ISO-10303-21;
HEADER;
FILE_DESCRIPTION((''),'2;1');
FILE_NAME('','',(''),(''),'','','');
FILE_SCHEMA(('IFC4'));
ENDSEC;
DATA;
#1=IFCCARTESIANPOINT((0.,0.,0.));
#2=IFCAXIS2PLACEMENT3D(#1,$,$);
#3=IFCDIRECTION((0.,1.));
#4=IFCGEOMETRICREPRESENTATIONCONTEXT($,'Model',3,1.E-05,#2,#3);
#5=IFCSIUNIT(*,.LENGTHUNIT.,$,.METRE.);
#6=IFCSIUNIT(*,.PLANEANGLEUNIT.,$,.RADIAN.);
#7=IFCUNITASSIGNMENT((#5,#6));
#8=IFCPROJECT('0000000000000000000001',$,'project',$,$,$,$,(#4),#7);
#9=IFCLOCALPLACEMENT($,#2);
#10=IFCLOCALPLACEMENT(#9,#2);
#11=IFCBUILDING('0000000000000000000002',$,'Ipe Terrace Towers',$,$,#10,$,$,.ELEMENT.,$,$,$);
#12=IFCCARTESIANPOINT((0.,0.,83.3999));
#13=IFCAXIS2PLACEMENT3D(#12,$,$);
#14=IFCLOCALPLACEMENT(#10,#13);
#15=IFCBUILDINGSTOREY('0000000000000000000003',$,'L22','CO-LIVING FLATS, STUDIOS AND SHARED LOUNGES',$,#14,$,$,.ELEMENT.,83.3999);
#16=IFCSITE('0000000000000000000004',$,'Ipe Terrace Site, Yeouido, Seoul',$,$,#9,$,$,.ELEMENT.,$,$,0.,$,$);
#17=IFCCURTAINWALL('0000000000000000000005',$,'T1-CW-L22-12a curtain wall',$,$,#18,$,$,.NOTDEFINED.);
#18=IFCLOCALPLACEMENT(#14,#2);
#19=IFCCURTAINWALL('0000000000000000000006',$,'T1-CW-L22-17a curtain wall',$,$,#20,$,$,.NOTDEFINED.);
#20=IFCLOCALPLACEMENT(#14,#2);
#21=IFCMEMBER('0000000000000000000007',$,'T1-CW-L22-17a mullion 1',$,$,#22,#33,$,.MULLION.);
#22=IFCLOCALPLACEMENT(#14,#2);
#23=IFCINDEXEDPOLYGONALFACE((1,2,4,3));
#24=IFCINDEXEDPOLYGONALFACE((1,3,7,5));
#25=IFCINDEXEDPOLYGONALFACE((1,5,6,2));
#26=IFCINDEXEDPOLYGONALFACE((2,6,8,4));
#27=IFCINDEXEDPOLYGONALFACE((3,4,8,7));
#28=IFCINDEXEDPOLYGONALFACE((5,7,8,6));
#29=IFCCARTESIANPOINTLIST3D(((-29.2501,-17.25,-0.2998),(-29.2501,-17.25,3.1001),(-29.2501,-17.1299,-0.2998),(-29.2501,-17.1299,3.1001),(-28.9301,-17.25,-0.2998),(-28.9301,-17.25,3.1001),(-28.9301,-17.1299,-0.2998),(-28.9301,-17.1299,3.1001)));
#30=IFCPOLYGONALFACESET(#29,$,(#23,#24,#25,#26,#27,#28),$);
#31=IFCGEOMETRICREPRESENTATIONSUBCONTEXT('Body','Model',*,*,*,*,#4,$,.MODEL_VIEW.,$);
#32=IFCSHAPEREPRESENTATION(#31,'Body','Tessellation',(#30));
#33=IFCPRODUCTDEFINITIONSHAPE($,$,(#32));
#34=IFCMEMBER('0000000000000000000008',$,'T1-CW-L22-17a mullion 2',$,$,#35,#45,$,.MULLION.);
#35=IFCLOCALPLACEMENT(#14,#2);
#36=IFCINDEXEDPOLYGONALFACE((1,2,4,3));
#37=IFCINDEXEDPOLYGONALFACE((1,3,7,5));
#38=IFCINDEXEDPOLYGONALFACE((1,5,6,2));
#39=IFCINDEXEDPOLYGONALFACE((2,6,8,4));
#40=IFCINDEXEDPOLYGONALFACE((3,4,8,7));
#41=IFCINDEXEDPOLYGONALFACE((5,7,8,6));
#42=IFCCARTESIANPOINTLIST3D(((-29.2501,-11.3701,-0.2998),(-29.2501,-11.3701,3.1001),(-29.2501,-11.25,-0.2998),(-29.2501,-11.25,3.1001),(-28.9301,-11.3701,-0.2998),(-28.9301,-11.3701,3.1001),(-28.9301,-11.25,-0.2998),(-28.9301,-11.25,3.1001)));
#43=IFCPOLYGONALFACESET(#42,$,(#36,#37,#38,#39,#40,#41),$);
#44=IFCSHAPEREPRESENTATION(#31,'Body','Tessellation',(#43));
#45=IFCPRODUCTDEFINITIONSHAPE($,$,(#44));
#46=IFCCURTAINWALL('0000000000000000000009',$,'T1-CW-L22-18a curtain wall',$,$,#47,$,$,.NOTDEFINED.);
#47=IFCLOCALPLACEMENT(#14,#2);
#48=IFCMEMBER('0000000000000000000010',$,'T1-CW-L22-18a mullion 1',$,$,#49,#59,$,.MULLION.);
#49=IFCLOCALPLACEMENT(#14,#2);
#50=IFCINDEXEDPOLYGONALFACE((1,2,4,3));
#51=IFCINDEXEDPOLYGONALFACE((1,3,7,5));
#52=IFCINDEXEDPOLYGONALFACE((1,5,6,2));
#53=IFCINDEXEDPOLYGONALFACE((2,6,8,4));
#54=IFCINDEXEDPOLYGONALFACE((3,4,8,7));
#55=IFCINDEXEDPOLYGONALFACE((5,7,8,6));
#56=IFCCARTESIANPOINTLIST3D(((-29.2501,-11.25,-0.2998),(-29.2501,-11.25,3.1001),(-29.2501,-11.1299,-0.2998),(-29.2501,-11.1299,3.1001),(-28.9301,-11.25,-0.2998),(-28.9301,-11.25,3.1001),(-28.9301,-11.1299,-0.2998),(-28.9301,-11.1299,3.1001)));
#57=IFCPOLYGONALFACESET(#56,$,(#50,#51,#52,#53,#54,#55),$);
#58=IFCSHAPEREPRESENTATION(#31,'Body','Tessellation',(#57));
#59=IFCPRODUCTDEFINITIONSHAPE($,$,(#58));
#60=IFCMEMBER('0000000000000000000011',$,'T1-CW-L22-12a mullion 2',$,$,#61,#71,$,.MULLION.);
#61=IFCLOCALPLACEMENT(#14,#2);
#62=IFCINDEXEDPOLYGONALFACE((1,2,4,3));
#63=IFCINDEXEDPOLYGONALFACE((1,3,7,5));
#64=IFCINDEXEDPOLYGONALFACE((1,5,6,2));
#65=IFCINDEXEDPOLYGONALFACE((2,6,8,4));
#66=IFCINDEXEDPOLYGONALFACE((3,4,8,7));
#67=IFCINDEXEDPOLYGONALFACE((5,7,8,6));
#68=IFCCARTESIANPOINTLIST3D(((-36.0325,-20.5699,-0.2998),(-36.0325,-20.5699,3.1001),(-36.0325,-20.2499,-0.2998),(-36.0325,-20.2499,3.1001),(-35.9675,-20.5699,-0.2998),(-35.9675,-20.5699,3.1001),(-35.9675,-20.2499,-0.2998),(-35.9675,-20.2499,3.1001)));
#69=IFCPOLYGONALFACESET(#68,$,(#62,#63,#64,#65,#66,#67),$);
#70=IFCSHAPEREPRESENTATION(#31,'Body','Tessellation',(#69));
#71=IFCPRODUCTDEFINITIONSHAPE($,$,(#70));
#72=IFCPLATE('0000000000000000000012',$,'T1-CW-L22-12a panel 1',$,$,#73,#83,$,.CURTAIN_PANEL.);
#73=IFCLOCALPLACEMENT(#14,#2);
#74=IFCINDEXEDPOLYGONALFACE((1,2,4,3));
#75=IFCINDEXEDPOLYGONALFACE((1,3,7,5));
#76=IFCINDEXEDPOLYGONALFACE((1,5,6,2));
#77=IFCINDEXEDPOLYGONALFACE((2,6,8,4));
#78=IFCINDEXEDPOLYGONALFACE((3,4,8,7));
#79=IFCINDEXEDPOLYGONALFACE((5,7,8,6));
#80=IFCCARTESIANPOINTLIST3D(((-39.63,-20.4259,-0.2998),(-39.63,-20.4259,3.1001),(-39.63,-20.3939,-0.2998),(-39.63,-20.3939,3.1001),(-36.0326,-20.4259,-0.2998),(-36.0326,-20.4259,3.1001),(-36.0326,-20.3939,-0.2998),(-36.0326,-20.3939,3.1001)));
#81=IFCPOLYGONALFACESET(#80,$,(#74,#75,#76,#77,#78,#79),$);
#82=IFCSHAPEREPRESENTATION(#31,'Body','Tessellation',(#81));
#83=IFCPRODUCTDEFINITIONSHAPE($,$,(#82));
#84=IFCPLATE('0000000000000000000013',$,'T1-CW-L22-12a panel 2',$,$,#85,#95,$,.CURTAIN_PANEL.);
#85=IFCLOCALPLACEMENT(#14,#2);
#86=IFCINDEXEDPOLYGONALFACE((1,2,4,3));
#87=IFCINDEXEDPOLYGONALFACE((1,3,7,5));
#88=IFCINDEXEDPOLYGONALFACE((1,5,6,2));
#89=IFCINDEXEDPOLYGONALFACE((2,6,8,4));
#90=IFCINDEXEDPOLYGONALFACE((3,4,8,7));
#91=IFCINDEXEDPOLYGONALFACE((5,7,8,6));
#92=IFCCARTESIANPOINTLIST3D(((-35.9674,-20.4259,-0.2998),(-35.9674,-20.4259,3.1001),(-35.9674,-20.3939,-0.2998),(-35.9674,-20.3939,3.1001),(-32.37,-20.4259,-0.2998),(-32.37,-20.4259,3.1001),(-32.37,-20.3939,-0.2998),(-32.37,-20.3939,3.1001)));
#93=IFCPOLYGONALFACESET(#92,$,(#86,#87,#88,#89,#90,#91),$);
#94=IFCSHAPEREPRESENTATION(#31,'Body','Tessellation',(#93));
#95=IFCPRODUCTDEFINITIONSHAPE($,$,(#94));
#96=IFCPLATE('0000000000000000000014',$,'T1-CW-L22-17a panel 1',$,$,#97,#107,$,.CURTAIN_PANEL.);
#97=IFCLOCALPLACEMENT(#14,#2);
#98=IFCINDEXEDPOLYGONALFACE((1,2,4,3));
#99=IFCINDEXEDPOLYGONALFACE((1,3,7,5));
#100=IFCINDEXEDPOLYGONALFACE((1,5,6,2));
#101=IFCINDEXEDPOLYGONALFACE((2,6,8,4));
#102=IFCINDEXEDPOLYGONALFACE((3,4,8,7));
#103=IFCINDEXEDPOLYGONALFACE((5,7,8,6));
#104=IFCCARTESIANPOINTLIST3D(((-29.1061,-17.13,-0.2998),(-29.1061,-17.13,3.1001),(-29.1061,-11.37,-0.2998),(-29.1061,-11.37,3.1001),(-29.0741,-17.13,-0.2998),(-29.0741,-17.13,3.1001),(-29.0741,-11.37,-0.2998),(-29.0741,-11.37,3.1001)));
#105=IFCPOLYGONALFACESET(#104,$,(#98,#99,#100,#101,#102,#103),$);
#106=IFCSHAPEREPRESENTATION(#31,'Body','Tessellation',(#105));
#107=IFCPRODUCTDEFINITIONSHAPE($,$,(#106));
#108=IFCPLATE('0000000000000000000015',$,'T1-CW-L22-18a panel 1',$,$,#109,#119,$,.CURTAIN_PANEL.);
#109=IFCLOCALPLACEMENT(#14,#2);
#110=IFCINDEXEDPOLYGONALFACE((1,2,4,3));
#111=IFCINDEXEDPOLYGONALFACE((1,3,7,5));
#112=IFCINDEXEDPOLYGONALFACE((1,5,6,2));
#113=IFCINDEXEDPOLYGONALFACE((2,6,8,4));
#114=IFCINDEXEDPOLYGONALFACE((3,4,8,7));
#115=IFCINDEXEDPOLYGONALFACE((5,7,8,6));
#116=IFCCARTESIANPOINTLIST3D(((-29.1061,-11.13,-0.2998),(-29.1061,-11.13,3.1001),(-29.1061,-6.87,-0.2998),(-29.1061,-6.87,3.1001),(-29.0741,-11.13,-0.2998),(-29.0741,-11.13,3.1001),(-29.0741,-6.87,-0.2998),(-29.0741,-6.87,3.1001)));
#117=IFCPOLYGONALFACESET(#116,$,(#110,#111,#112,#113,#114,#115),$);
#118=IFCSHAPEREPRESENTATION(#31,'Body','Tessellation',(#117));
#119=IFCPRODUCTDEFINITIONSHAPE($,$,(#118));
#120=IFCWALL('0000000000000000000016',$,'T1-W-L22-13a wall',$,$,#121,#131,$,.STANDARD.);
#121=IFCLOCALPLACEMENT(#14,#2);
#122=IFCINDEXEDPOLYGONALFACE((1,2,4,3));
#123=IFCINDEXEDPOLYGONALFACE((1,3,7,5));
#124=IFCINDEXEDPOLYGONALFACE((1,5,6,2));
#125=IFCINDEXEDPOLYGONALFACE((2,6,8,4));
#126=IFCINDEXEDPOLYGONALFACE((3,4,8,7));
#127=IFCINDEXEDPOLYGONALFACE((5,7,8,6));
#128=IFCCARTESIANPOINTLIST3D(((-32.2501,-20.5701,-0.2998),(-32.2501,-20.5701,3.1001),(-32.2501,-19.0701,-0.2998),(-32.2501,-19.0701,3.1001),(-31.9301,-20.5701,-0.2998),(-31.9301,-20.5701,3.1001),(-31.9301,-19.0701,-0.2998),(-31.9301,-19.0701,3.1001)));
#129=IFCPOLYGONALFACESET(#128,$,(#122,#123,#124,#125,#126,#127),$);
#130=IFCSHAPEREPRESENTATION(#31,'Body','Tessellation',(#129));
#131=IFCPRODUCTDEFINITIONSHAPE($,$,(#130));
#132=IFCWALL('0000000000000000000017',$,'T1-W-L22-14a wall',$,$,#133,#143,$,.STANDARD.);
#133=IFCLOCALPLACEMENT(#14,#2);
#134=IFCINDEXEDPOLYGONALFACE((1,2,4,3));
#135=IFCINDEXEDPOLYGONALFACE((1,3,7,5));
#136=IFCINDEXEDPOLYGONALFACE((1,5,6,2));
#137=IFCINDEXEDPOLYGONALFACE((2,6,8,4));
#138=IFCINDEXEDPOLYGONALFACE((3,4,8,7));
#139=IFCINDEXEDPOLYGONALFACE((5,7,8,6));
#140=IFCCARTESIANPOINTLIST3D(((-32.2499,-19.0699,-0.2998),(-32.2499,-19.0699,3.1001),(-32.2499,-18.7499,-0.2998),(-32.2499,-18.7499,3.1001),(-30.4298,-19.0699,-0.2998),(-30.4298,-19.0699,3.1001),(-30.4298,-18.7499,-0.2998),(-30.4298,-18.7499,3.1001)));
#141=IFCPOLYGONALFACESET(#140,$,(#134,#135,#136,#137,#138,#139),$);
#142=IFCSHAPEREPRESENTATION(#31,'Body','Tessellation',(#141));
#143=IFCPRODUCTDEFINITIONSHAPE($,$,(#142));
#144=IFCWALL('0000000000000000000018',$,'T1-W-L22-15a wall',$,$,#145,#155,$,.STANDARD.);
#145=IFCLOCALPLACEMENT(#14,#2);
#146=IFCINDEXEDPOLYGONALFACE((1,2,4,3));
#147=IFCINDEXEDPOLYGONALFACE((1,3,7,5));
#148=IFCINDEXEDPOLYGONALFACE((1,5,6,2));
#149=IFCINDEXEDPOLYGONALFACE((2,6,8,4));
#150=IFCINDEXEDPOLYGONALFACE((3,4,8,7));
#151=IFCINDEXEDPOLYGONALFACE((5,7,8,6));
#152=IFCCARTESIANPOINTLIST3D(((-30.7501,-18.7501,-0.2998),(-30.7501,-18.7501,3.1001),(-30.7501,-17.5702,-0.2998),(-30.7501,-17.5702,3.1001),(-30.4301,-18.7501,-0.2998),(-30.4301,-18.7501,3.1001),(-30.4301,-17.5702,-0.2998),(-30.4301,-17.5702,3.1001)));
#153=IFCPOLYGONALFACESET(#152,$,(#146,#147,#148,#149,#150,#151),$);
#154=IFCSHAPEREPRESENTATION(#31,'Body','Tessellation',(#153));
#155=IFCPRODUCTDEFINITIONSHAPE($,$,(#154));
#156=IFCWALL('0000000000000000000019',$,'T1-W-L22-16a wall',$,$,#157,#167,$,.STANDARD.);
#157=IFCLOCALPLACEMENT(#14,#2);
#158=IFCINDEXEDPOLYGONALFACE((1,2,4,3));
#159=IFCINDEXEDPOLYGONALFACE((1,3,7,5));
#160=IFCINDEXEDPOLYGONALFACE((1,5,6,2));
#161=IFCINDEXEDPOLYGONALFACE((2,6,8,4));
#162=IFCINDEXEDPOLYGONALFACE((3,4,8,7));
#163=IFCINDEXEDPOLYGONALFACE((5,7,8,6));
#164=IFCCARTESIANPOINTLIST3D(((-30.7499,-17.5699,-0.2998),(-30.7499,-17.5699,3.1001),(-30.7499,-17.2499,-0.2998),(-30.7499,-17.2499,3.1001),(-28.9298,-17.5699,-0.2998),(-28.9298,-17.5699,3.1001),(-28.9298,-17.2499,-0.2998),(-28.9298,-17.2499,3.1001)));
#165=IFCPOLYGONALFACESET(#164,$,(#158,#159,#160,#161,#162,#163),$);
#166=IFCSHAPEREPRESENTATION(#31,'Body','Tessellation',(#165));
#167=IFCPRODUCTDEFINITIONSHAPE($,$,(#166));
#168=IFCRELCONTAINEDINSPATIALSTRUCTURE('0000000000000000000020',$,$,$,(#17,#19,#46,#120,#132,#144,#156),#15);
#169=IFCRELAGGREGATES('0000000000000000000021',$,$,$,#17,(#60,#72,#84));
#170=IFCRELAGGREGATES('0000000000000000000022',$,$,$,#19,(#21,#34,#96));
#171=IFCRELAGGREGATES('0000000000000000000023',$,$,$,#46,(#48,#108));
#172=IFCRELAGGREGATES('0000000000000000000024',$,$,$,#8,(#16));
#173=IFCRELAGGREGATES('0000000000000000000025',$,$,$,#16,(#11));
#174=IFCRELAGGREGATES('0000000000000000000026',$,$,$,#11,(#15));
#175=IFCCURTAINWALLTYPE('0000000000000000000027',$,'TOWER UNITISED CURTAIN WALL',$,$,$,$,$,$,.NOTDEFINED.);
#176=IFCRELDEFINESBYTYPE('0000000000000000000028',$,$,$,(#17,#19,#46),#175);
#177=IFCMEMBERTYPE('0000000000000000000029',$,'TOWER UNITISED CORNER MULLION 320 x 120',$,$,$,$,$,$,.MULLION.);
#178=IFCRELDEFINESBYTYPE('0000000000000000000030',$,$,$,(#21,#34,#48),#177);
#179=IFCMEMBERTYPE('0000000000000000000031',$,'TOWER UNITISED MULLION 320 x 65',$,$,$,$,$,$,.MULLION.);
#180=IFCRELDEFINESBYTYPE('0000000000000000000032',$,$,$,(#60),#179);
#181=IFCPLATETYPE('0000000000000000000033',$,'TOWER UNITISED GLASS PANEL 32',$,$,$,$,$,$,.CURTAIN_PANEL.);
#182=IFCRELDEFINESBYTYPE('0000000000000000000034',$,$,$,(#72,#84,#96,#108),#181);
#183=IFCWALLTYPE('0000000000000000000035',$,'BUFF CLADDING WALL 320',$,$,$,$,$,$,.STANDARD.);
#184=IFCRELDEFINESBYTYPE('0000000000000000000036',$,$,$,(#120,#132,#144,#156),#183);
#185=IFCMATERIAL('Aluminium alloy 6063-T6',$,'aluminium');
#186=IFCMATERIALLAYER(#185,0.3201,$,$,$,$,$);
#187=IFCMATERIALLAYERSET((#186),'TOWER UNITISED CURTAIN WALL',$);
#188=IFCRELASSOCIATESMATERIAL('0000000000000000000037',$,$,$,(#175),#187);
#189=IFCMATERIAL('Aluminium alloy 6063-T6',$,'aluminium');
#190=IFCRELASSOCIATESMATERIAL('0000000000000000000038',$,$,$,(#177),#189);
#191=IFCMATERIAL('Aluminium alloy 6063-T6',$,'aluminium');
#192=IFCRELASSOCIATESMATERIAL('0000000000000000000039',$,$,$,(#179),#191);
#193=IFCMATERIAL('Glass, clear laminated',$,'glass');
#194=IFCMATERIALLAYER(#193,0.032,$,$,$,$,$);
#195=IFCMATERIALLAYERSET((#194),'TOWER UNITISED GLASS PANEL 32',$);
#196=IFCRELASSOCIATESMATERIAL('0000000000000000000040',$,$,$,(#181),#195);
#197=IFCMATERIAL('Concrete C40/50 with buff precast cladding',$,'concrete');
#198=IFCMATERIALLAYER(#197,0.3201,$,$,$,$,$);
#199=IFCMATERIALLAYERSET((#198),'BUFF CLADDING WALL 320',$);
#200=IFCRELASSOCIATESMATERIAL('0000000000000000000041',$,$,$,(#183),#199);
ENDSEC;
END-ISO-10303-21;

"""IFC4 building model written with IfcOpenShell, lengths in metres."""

from ifc_helpers import new_model, si_unit, direction, frame, frame_2d, origin, origin_2d, place, context, subcontext, project, spatial, rectangle, extrude, material, layer, layer_set, material_profile, profile_set, type_object, element, aggregate, save


model = new_model("IFC4")

# Units and contexts
model_context = context("Model", 3, precision=1e-05, world=origin(), true_north=direction((0.0, 1.0)))
body_context = subcontext(model_context, "Body", "Model", "MODEL_VIEW")
ifc_project = project(units=[si_unit("LENGTHUNIT", "METRE"), si_unit("PLANEANGLEUNIT", "RADIAN")], contexts=[model_context])

# Site, building, storey
site_placement = place(None, origin())
site = spatial("IfcSite", under=ifc_project, at=site_placement, Name="Ipe Terrace Site, Yeouido, Seoul", CompositionType="ELEMENT", RefElevation=0.0)
building_placement = place(site_placement, origin())
building = spatial("IfcBuilding", under=site, at=building_placement, Name="Ipe Terrace Towers", CompositionType="ELEMENT")
storey_placement = place(building_placement, frame((0.0, 0.0, 83.3999)))
storey = spatial("IfcBuildingStorey", under=building, at=storey_placement, Name="L22", Description="CO-LIVING FLATS, STUDIOS AND SHARED LOUNGES", CompositionType="ELEMENT", Elevation=83.3999)

# Curtain wall
ifc_material_1 = material(Name="Aluminium alloy 6063-T6", Category="aluminium")
ifc_layer_1 = layer(ifc_material_1, 0.3201)
ifc_layer_set_1 = layer_set([ifc_layer_1], Name="TOWER UNITISED CURTAIN WALL")
curtain_wall_type = type_object("IfcCurtainWallType", Name="TOWER UNITISED CURTAIN WALL", PredefinedType="NOTDEFINED", material=ifc_layer_set_1)
curtain_wall_1_placement = place(storey_placement, origin())
curtain_wall_1 = element("IfcCurtainWall", 1, at=curtain_wall_1_placement, inside=storey, type_object=curtain_wall_type, Name="T1-CW-L22-12a curtain wall", PredefinedType="NOTDEFINED")
ifc_material_2 = material(Name="Aluminium alloy 6063-T6", Category="aluminium")
ifc_material_profile_1 = material_profile(ifc_material_2, rectangle(XDim=0.3201, YDim=0.1201, at=origin_2d()), Name="TOWER UNITISED CORNER MULLION 320 x 120")
ifc_profile_set_1 = profile_set([ifc_material_profile_1], Name="Aluminium alloy 6063-T6")
member_type_1 = type_object("IfcMemberType", Name="TOWER UNITISED CORNER MULLION 320 x 120", PredefinedType="MULLION", material=ifc_profile_set_1)

# Curtain wall, members
curtain_wall_2_placement = place(storey_placement, origin())
curtain_wall_2 = element("IfcCurtainWall", 2, at=curtain_wall_2_placement, inside=storey, type_object=curtain_wall_type, Name="T1-CW-L22-17a curtain wall", PredefinedType="NOTDEFINED")
member_1_placement = place(storey_placement, frame((-29.0901, -17.1899, -0.2998), z_axis=(0.0, 0.0, 1.0), x_axis=(1.0, 0.0, 0.0)))
member_1 = element("IfcMember", 3, at=member_1_placement, type_object=member_type_1, Name="T1-CW-L22-17a mullion 1", PredefinedType="MULLION", context=body_context, shape_type="SweptSolid", body=[
    extrude(rectangle(XDim=0.3201, YDim=0.1201, at=origin_2d()), origin(), (0.0, 0.0, 1.0), 3.3999),
])
member_2_placement = place(storey_placement, frame((-29.0901, -11.3101, -0.2998), z_axis=(0.0, 0.0, 1.0), x_axis=(1.0, 0.0, 0.0)))
member_2 = element("IfcMember", 4, at=member_2_placement, type_object=member_type_1, Name="T1-CW-L22-17a mullion 2", PredefinedType="MULLION", context=body_context, shape_type="SweptSolid", body=[
    extrude(rectangle(XDim=0.3201, YDim=0.1201, at=origin_2d()), origin(), (0.0, 0.0, 1.0), 3.3999),
])

# Curtain wall, member
curtain_wall_3_placement = place(storey_placement, origin())
curtain_wall_3 = element("IfcCurtainWall", 5, at=curtain_wall_3_placement, inside=storey, type_object=curtain_wall_type, Name="T1-CW-L22-18a curtain wall", PredefinedType="NOTDEFINED")
member_3_placement = place(storey_placement, frame((-29.0901, -11.1899, -0.2998), z_axis=(0.0, 0.0, 1.0), x_axis=(1.0, 0.0, 0.0)))
member_3 = element("IfcMember", 6, at=member_3_placement, type_object=member_type_1, Name="T1-CW-L22-18a mullion 1", PredefinedType="MULLION", context=body_context, shape_type="SweptSolid", body=[
    extrude(rectangle(XDim=0.3201, YDim=0.1201, at=origin_2d()), origin(), (0.0, 0.0, 1.0), 3.3999),
])

# Member
ifc_material_3 = material(Name="Aluminium alloy 6063-T6", Category="aluminium")
ifc_material_profile_2 = material_profile(ifc_material_3, rectangle(XDim=0.3201, YDim=0.0649, at=origin_2d()), Name="TOWER UNITISED MULLION 320 x 65")
ifc_profile_set_2 = profile_set([ifc_material_profile_2], Name="Aluminium alloy 6063-T6")
member_type_2 = type_object("IfcMemberType", Name="TOWER UNITISED MULLION 320 x 65", PredefinedType="MULLION", material=ifc_profile_set_2)
member_4_placement = place(storey_placement, frame((-36.0, -20.4099, -0.2998), z_axis=(0.0, 0.0, 1.0), x_axis=(0.0, -1.0, 0.0)))
member_4 = element("IfcMember", 7, at=member_4_placement, type_object=member_type_2, Name="T1-CW-L22-12a mullion 2", PredefinedType="MULLION", context=body_context, shape_type="SweptSolid", body=[
    extrude(rectangle(XDim=0.3201, YDim=0.0649, at=origin_2d()), origin(), (0.0, 0.0, 1.0), 3.3999),
])

# Plates
ifc_material_4 = material(Name="Glass, clear laminated", Category="glass")
ifc_layer_2 = layer(ifc_material_4, 0.032)
ifc_layer_set_2 = layer_set([ifc_layer_2], Name="TOWER UNITISED GLASS PANEL 32")
plate_type = type_object("IfcPlateType", Name="TOWER UNITISED GLASS PANEL 32", PredefinedType="CURTAIN_PANEL", material=ifc_layer_set_2)
plate_1_placement = place(storey_placement, frame((-37.8313, -20.4099, -0.2998), z_axis=(0.0, 0.0, 1.0), x_axis=(1.0, 0.0, 0.0)))
plate_1 = element("IfcPlate", 8, at=plate_1_placement, type_object=plate_type, Name="T1-CW-L22-12a panel 1", PredefinedType="CURTAIN_PANEL", context=body_context, shape_type="SweptSolid", body=[
    extrude(rectangle(XDim=3.5974, YDim=0.032, at=origin_2d()), origin(), (0.0, 0.0, 1.0), 3.3999),
])
plate_2_placement = place(storey_placement, frame((-34.1687, -20.4099, -0.2998), z_axis=(0.0, 0.0, 1.0), x_axis=(1.0, 0.0, 0.0)))
plate_2 = element("IfcPlate", 9, at=plate_2_placement, type_object=plate_type, Name="T1-CW-L22-12a panel 2", PredefinedType="CURTAIN_PANEL", context=body_context, shape_type="SweptSolid", body=[
    extrude(rectangle(XDim=3.5974, YDim=0.032, at=origin_2d()), origin(), (0.0, 0.0, 1.0), 3.3999),
])
aggregate(curtain_wall_1, [member_4, plate_1, plate_2])
plate_3_placement = place(storey_placement, frame((-29.0901, -14.25, -0.2998), z_axis=(0.0, 0.0, 1.0), x_axis=(0.0, 1.0, 0.0)))
plate_3 = element("IfcPlate", 10, at=plate_3_placement, type_object=plate_type, Name="T1-CW-L22-17a panel 1", PredefinedType="CURTAIN_PANEL", context=body_context, shape_type="SweptSolid", body=[
    extrude(rectangle(XDim=5.76, YDim=0.032, at=origin_2d()), origin(), (0.0, 0.0, 1.0), 3.3999),
])
aggregate(curtain_wall_2, [member_1, member_2, plate_3])
plate_4_placement = place(storey_placement, frame((-29.0901, -9.0, -0.2998), z_axis=(0.0, 0.0, 1.0), x_axis=(0.0, 1.0, 0.0)))
plate_4 = element("IfcPlate", 11, at=plate_4_placement, type_object=plate_type, Name="T1-CW-L22-18a panel 1", PredefinedType="CURTAIN_PANEL", context=body_context, shape_type="SweptSolid", body=[
    extrude(rectangle(XDim=4.26, YDim=0.032, at=origin_2d()), origin(), (0.0, 0.0, 1.0), 3.3999),
])
aggregate(curtain_wall_3, [member_3, plate_4])

# Walls
ifc_material_5 = material(Name="Concrete C40/50 with buff precast cladding", Category="concrete")
ifc_layer_3 = layer(ifc_material_5, 0.3201)
ifc_layer_set_3 = layer_set([ifc_layer_3], Name="BUFF CLADDING WALL 320")
wall_type_1 = type_object("IfcWallType", Name="BUFF CLADDING WALL 320", PredefinedType="STANDARD", material=ifc_layer_set_3)
wall_1_placement = place(storey_placement, frame((-32.0901, -20.5701, -0.2998), z_axis=(0.0, 0.0, 1.0), x_axis=(0.0, 1.0, 0.0)))
element("IfcWall", 12, at=wall_1_placement, inside=storey, type_object=wall_type_1, Name="T1-W-L22-13a wall", PredefinedType="STANDARD", context=body_context, shape_type="SweptSolid", body=[
    extrude(rectangle(XDim=1.5, YDim=0.3201, at=frame_2d((0.75, 0.0))), origin(), (0.0, 0.0, 1.0), 3.3999),
])
wall_2_placement = place(storey_placement, frame((-32.25, -18.9099, -0.2998), z_axis=(0.0, 0.0, 1.0), x_axis=(1.0, 0.0, 0.0)))
element("IfcWall", 13, at=wall_2_placement, inside=storey, type_object=wall_type_1, Name="T1-W-L22-14a wall", PredefinedType="STANDARD", context=body_context, shape_type="SweptSolid", body=[
    extrude(rectangle(XDim=1.8201, YDim=0.3201, at=frame_2d((0.9102, 0.0))), origin(), (0.0, 0.0, 1.0), 3.3999),
])
wall_3_placement = place(storey_placement, frame((-30.5901, -18.75, -0.2998), z_axis=(0.0, 0.0, 1.0), x_axis=(0.0, 1.0, 0.0)))
element("IfcWall", 14, at=wall_3_placement, inside=storey, type_object=wall_type_1, Name="T1-W-L22-15a wall", PredefinedType="STANDARD", context=body_context, shape_type="SweptSolid", body=[
    extrude(rectangle(XDim=1.1799, YDim=0.3201, at=frame_2d((0.5898, 0.0))), origin(), (0.0, 0.0, 1.0), 3.3999),
])
wall_4_placement = place(storey_placement, frame((-30.75, -17.4099, -0.2998), z_axis=(0.0, 0.0, 1.0), x_axis=(1.0, 0.0, 0.0)))
element("IfcWall", 15, at=wall_4_placement, inside=storey, type_object=wall_type_1, Name="T1-W-L22-16a wall", PredefinedType="STANDARD", context=body_context, shape_type="SweptSolid", body=[
    extrude(rectangle(XDim=1.8201, YDim=0.3201, at=frame_2d((0.9102, 0.0))), origin(), (0.0, 0.0, 1.0), 3.3999),
])

save(model, "model.ifc")
